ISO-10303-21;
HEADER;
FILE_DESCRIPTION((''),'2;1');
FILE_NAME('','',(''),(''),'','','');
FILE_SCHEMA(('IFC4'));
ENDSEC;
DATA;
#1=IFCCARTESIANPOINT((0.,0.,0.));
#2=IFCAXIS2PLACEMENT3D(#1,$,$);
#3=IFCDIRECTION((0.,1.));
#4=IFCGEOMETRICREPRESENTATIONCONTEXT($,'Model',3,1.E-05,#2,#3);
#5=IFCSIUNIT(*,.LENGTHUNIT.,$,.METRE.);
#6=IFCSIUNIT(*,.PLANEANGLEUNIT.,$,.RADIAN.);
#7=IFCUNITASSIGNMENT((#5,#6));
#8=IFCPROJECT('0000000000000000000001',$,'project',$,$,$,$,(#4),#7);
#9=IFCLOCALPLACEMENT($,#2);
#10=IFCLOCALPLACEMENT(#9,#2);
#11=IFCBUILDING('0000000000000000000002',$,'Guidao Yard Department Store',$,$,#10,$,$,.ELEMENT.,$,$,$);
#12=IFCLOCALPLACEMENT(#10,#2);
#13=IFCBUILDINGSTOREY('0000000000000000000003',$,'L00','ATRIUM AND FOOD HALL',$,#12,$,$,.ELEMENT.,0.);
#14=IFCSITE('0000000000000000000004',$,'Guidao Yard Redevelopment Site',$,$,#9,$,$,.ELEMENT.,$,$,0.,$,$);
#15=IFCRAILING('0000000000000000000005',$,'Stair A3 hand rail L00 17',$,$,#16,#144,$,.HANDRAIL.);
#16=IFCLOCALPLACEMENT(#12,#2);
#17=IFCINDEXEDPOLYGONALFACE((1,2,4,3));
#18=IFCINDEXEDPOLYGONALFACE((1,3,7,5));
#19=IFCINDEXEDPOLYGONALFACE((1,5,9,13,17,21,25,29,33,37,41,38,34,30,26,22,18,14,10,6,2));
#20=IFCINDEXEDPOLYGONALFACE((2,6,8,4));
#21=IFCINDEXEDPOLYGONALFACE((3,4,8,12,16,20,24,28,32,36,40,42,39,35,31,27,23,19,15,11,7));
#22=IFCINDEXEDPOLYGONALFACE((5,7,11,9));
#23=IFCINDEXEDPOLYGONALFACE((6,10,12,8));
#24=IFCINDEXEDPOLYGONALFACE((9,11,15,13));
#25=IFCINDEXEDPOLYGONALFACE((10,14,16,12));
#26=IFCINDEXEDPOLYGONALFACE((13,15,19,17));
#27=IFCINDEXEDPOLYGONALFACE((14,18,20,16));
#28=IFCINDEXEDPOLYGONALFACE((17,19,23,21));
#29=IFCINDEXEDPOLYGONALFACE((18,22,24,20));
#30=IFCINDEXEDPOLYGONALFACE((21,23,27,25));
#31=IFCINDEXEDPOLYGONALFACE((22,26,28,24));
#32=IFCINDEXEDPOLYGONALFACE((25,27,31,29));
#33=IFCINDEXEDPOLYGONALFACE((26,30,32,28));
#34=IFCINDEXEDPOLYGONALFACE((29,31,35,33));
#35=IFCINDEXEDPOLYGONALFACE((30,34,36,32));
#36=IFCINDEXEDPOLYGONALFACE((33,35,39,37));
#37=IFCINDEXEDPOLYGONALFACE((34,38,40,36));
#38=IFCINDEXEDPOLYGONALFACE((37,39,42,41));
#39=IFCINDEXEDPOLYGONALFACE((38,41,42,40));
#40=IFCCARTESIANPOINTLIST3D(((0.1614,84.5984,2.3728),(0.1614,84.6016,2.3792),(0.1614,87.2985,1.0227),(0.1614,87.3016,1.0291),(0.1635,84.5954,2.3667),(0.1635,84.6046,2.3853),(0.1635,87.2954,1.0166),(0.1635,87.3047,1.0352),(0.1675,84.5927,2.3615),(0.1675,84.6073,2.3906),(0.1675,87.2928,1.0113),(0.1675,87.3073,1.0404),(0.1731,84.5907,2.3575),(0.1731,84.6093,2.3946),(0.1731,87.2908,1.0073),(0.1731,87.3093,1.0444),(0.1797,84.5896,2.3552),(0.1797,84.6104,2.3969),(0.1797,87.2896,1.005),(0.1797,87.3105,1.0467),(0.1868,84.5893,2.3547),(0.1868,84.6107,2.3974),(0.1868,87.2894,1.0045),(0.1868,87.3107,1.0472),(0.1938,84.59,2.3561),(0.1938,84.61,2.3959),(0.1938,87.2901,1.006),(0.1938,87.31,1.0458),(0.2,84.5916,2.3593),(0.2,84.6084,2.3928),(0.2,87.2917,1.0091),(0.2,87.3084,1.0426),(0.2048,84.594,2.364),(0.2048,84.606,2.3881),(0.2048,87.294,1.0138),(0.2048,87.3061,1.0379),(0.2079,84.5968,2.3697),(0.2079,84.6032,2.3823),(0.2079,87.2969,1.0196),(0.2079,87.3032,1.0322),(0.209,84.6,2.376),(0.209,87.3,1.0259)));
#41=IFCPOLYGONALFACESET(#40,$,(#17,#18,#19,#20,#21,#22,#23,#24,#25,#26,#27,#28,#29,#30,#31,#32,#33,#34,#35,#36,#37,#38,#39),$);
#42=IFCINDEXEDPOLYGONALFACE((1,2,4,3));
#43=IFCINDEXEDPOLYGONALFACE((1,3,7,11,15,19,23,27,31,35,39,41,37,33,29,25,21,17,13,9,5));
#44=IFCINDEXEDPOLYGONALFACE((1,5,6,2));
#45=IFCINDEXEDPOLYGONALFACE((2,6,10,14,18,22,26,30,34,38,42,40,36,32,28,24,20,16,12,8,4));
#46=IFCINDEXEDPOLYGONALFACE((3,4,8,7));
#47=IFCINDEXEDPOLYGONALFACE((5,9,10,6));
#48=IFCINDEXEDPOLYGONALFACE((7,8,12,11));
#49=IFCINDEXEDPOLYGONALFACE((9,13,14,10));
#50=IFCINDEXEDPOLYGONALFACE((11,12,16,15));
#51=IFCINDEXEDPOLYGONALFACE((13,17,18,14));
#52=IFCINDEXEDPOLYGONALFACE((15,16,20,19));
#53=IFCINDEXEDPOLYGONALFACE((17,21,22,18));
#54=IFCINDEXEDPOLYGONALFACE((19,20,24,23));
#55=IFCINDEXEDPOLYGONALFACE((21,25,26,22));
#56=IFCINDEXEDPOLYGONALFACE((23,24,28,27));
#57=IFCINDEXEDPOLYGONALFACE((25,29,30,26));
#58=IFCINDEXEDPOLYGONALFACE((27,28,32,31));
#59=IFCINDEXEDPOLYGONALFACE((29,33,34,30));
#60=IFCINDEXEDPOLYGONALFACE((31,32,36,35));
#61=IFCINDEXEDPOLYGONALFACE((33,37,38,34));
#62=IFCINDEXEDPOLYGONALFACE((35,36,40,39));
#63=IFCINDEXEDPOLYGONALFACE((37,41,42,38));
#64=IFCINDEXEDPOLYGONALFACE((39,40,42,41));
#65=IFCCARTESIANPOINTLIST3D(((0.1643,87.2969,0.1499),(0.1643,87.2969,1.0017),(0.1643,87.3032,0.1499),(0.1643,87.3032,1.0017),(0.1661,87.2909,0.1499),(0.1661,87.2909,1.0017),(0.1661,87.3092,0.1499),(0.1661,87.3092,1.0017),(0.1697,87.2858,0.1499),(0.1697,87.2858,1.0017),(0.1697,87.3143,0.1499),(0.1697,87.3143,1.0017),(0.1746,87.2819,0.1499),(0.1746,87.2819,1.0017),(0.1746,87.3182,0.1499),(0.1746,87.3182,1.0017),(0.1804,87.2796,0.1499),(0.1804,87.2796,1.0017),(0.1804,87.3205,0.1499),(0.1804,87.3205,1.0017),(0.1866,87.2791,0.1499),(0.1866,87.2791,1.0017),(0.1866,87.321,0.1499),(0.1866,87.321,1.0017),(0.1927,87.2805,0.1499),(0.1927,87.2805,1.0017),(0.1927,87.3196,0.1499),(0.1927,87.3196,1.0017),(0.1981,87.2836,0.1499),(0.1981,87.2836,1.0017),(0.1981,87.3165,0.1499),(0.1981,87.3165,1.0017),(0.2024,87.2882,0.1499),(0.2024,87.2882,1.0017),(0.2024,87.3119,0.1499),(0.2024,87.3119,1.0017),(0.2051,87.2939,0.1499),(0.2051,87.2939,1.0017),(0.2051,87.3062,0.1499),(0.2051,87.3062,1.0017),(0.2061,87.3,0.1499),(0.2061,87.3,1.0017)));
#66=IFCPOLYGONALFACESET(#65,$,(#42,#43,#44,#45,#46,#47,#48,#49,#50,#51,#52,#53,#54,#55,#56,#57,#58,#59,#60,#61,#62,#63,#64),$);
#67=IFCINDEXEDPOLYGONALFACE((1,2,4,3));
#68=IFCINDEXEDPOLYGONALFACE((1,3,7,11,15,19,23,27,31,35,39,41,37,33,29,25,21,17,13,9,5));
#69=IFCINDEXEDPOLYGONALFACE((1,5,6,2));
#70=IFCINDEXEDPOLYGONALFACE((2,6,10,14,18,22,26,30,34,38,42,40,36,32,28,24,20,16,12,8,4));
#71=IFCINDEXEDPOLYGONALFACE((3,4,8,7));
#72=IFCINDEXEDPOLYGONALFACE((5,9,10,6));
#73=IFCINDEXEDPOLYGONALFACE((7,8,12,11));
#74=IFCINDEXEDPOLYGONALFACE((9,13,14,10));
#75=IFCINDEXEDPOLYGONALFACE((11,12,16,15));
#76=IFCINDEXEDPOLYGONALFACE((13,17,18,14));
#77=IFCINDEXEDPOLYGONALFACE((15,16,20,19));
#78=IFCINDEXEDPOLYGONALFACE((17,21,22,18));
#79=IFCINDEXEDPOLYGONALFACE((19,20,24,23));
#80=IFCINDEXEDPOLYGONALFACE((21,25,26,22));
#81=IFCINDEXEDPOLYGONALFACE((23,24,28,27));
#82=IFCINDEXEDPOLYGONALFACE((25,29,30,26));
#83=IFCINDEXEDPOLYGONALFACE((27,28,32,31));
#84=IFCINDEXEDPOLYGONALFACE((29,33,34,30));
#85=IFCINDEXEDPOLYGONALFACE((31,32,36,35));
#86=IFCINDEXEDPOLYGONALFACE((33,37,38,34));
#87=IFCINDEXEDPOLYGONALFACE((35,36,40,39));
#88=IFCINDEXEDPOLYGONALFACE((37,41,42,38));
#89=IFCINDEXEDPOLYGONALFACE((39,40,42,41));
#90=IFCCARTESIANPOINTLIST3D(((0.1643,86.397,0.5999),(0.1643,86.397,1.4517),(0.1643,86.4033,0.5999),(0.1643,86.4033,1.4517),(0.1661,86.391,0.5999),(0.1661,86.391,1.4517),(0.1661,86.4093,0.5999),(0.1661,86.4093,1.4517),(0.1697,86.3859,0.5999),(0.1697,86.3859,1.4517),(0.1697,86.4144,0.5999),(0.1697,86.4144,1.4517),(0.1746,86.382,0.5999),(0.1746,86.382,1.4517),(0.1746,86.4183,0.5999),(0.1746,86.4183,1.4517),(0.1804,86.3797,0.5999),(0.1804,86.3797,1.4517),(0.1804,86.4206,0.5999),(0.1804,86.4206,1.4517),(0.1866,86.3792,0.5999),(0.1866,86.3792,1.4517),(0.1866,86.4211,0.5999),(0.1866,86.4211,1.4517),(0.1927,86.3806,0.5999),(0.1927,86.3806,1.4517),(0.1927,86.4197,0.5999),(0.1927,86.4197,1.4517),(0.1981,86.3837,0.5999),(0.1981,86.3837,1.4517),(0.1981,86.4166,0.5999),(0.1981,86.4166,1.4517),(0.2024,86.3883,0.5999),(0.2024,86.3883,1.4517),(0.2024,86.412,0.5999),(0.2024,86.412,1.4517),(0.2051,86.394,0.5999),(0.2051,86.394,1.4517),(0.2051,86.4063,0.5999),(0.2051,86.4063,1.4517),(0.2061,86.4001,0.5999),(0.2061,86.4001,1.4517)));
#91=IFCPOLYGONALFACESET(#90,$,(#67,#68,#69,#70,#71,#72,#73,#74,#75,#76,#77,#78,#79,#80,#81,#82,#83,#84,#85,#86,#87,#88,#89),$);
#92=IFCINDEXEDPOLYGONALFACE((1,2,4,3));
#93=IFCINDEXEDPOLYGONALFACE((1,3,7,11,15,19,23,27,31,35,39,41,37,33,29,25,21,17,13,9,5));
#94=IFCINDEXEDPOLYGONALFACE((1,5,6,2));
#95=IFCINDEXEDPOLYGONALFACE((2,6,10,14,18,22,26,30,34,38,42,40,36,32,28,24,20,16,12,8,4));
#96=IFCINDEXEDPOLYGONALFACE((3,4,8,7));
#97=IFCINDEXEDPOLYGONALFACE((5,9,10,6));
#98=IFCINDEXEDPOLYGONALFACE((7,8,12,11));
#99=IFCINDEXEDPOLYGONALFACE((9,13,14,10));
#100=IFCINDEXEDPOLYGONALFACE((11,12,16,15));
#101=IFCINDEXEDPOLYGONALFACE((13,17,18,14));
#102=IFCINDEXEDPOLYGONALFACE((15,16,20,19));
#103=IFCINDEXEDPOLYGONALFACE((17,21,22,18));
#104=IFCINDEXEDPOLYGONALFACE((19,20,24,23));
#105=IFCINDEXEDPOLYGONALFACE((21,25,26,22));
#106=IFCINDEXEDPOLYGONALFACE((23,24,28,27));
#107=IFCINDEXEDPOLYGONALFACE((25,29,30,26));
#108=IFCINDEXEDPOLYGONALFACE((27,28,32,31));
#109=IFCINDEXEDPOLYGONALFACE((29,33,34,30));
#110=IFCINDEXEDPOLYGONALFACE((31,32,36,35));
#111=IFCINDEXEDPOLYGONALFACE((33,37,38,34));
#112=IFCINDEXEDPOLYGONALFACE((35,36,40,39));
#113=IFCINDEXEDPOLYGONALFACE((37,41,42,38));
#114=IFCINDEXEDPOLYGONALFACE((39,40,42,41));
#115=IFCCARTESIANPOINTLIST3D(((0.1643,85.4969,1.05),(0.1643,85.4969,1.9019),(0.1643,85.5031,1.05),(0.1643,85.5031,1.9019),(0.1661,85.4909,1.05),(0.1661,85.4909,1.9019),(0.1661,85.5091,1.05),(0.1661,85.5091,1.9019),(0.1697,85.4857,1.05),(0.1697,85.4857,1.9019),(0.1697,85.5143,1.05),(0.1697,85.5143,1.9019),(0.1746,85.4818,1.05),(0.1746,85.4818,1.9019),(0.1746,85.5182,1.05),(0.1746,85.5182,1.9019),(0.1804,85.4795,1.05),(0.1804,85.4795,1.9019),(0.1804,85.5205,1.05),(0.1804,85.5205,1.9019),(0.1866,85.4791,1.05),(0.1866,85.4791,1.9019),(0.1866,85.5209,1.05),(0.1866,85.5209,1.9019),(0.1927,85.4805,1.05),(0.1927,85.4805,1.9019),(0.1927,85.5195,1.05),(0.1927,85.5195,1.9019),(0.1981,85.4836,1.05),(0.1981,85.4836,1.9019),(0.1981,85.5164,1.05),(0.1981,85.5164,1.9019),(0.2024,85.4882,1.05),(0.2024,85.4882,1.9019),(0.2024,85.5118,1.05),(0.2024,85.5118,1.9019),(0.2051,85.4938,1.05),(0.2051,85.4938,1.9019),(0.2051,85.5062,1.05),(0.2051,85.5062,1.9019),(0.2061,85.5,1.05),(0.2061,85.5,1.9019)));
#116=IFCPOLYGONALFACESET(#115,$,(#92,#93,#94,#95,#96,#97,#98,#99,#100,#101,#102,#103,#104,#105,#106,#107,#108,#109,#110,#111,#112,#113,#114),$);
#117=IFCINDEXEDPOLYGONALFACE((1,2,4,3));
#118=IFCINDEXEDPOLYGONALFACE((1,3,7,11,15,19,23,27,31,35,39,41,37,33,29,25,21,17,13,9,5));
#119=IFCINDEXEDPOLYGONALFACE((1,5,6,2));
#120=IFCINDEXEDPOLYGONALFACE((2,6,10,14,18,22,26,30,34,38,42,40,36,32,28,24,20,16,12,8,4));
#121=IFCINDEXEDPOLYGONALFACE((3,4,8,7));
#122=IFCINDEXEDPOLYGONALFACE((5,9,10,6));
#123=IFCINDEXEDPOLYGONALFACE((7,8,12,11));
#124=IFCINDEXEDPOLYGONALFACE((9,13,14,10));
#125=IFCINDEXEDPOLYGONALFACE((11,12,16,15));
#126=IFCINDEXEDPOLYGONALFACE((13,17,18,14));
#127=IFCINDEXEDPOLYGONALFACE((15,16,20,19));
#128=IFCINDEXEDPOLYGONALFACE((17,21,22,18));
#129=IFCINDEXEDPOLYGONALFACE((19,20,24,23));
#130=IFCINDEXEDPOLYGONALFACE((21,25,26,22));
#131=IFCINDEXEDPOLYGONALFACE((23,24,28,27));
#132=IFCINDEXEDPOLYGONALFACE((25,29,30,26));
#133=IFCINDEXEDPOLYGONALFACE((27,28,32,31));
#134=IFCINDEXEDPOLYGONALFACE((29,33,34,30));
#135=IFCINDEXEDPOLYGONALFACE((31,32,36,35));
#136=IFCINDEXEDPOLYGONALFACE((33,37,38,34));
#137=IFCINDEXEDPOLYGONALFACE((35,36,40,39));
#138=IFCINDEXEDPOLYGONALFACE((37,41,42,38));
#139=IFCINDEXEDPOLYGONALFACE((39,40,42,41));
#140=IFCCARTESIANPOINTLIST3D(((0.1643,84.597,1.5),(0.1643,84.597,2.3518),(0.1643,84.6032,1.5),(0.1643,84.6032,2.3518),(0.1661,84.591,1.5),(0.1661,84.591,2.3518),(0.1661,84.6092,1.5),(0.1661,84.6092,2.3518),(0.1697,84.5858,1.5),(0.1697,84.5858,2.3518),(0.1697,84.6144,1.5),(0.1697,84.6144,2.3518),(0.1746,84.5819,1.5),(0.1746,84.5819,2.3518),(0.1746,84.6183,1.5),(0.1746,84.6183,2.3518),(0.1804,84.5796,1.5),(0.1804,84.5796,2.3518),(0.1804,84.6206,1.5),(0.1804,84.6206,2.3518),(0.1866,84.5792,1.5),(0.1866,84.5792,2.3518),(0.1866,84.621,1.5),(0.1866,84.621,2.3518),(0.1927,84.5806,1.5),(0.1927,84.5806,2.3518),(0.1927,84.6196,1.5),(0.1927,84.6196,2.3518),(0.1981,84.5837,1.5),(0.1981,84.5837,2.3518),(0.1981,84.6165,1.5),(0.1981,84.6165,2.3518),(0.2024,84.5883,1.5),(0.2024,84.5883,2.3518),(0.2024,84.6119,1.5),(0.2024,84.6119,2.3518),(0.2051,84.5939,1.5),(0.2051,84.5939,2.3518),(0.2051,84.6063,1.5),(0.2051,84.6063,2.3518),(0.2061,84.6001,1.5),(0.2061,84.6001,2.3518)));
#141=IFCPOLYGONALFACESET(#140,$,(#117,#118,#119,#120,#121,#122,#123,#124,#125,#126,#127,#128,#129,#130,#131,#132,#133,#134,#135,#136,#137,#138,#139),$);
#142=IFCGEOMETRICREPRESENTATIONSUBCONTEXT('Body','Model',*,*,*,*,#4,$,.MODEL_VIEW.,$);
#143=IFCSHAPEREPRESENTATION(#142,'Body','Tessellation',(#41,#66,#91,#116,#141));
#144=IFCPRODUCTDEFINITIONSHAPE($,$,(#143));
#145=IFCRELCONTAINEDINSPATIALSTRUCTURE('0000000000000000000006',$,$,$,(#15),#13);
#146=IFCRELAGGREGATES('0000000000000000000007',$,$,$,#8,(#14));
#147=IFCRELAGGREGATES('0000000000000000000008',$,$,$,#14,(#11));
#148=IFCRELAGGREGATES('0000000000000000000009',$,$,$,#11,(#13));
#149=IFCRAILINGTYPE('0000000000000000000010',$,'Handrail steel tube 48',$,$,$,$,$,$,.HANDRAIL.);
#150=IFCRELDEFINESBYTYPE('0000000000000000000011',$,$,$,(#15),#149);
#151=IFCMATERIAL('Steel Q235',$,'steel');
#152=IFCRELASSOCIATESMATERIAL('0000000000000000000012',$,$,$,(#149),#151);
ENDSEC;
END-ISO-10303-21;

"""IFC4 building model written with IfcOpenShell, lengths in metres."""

from ifc_helpers import new_model, si_unit, direction, frame, origin, origin_2d, place, context, subcontext, project, spatial, circle, extrude, material, type_object, element, save


model = new_model("IFC4")

# Units and contexts
model_context = context("Model", 3, precision=1e-05, world=origin(), true_north=direction((0.0, 1.0)))
body_context = subcontext(model_context, "Body", "Model", "MODEL_VIEW")
ifc_project = project(units=[si_unit("LENGTHUNIT", "METRE"), si_unit("PLANEANGLEUNIT", "RADIAN")], contexts=[model_context])

# Site, building, storey
site_placement = place(None, origin())
site = spatial("IfcSite", under=ifc_project, at=site_placement, Name="Guidao Yard Redevelopment Site", CompositionType="ELEMENT", RefElevation=0.0)
building_placement = place(site_placement, origin())
building = spatial("IfcBuilding", under=site, at=building_placement, Name="Guidao Yard Department Store", CompositionType="ELEMENT")
storey_placement = place(building_placement, origin())
storey = spatial("IfcBuildingStorey", under=building, at=storey_placement, Name="L00", Description="ATRIUM AND FOOD HALL", CompositionType="ELEMENT", Elevation=0.0)

# Railing
ifc_material_1 = material(Name="Steel Q235", Category="steel")
railing_type = type_object("IfcRailingType", Name="Handrail steel tube 48", PredefinedType="HANDRAIL", material=ifc_material_1)
for number, where, name in (
    (1, (0.1851, 87.3, 0.1499), "Stair A3 hand rail L00 17"),
):
    element("IfcRailing", number, at=place(storey_placement, frame(where)), inside=storey, type_object=railing_type, Name=name, PredefinedType="HANDRAIL", context=body_context, shape_type="SweptSolid", body=[
        extrude(circle(Radius=0.0239, at=origin_2d()), frame((0.0, 0.0, 0.876), z_axis=(0.0, -0.894411, 0.447246), x_axis=(1.0, 0.0, 0.0)), (0.0, 0.0, 1.0), 3.0188),
        extrude(circle(Radius=0.021, at=origin_2d()), origin(), (0.0, 0.0, 1.0), 0.8518),
        extrude(circle(Radius=0.021, at=origin_2d()), frame((0.0, -0.8999, 0.45)), (0.0, 0.0, 1.0), 0.8518),
        extrude(circle(Radius=0.021, at=origin_2d()), frame((0.0, -1.8, 0.9001)), (0.0, 0.0, 1.0), 0.8518),
        extrude(circle(Radius=0.021, at=origin_2d()), frame((0.0, -2.7, 1.3501)), (0.0, 0.0, 1.0), 0.8518),
    ])

save(model, "model.ifc")
